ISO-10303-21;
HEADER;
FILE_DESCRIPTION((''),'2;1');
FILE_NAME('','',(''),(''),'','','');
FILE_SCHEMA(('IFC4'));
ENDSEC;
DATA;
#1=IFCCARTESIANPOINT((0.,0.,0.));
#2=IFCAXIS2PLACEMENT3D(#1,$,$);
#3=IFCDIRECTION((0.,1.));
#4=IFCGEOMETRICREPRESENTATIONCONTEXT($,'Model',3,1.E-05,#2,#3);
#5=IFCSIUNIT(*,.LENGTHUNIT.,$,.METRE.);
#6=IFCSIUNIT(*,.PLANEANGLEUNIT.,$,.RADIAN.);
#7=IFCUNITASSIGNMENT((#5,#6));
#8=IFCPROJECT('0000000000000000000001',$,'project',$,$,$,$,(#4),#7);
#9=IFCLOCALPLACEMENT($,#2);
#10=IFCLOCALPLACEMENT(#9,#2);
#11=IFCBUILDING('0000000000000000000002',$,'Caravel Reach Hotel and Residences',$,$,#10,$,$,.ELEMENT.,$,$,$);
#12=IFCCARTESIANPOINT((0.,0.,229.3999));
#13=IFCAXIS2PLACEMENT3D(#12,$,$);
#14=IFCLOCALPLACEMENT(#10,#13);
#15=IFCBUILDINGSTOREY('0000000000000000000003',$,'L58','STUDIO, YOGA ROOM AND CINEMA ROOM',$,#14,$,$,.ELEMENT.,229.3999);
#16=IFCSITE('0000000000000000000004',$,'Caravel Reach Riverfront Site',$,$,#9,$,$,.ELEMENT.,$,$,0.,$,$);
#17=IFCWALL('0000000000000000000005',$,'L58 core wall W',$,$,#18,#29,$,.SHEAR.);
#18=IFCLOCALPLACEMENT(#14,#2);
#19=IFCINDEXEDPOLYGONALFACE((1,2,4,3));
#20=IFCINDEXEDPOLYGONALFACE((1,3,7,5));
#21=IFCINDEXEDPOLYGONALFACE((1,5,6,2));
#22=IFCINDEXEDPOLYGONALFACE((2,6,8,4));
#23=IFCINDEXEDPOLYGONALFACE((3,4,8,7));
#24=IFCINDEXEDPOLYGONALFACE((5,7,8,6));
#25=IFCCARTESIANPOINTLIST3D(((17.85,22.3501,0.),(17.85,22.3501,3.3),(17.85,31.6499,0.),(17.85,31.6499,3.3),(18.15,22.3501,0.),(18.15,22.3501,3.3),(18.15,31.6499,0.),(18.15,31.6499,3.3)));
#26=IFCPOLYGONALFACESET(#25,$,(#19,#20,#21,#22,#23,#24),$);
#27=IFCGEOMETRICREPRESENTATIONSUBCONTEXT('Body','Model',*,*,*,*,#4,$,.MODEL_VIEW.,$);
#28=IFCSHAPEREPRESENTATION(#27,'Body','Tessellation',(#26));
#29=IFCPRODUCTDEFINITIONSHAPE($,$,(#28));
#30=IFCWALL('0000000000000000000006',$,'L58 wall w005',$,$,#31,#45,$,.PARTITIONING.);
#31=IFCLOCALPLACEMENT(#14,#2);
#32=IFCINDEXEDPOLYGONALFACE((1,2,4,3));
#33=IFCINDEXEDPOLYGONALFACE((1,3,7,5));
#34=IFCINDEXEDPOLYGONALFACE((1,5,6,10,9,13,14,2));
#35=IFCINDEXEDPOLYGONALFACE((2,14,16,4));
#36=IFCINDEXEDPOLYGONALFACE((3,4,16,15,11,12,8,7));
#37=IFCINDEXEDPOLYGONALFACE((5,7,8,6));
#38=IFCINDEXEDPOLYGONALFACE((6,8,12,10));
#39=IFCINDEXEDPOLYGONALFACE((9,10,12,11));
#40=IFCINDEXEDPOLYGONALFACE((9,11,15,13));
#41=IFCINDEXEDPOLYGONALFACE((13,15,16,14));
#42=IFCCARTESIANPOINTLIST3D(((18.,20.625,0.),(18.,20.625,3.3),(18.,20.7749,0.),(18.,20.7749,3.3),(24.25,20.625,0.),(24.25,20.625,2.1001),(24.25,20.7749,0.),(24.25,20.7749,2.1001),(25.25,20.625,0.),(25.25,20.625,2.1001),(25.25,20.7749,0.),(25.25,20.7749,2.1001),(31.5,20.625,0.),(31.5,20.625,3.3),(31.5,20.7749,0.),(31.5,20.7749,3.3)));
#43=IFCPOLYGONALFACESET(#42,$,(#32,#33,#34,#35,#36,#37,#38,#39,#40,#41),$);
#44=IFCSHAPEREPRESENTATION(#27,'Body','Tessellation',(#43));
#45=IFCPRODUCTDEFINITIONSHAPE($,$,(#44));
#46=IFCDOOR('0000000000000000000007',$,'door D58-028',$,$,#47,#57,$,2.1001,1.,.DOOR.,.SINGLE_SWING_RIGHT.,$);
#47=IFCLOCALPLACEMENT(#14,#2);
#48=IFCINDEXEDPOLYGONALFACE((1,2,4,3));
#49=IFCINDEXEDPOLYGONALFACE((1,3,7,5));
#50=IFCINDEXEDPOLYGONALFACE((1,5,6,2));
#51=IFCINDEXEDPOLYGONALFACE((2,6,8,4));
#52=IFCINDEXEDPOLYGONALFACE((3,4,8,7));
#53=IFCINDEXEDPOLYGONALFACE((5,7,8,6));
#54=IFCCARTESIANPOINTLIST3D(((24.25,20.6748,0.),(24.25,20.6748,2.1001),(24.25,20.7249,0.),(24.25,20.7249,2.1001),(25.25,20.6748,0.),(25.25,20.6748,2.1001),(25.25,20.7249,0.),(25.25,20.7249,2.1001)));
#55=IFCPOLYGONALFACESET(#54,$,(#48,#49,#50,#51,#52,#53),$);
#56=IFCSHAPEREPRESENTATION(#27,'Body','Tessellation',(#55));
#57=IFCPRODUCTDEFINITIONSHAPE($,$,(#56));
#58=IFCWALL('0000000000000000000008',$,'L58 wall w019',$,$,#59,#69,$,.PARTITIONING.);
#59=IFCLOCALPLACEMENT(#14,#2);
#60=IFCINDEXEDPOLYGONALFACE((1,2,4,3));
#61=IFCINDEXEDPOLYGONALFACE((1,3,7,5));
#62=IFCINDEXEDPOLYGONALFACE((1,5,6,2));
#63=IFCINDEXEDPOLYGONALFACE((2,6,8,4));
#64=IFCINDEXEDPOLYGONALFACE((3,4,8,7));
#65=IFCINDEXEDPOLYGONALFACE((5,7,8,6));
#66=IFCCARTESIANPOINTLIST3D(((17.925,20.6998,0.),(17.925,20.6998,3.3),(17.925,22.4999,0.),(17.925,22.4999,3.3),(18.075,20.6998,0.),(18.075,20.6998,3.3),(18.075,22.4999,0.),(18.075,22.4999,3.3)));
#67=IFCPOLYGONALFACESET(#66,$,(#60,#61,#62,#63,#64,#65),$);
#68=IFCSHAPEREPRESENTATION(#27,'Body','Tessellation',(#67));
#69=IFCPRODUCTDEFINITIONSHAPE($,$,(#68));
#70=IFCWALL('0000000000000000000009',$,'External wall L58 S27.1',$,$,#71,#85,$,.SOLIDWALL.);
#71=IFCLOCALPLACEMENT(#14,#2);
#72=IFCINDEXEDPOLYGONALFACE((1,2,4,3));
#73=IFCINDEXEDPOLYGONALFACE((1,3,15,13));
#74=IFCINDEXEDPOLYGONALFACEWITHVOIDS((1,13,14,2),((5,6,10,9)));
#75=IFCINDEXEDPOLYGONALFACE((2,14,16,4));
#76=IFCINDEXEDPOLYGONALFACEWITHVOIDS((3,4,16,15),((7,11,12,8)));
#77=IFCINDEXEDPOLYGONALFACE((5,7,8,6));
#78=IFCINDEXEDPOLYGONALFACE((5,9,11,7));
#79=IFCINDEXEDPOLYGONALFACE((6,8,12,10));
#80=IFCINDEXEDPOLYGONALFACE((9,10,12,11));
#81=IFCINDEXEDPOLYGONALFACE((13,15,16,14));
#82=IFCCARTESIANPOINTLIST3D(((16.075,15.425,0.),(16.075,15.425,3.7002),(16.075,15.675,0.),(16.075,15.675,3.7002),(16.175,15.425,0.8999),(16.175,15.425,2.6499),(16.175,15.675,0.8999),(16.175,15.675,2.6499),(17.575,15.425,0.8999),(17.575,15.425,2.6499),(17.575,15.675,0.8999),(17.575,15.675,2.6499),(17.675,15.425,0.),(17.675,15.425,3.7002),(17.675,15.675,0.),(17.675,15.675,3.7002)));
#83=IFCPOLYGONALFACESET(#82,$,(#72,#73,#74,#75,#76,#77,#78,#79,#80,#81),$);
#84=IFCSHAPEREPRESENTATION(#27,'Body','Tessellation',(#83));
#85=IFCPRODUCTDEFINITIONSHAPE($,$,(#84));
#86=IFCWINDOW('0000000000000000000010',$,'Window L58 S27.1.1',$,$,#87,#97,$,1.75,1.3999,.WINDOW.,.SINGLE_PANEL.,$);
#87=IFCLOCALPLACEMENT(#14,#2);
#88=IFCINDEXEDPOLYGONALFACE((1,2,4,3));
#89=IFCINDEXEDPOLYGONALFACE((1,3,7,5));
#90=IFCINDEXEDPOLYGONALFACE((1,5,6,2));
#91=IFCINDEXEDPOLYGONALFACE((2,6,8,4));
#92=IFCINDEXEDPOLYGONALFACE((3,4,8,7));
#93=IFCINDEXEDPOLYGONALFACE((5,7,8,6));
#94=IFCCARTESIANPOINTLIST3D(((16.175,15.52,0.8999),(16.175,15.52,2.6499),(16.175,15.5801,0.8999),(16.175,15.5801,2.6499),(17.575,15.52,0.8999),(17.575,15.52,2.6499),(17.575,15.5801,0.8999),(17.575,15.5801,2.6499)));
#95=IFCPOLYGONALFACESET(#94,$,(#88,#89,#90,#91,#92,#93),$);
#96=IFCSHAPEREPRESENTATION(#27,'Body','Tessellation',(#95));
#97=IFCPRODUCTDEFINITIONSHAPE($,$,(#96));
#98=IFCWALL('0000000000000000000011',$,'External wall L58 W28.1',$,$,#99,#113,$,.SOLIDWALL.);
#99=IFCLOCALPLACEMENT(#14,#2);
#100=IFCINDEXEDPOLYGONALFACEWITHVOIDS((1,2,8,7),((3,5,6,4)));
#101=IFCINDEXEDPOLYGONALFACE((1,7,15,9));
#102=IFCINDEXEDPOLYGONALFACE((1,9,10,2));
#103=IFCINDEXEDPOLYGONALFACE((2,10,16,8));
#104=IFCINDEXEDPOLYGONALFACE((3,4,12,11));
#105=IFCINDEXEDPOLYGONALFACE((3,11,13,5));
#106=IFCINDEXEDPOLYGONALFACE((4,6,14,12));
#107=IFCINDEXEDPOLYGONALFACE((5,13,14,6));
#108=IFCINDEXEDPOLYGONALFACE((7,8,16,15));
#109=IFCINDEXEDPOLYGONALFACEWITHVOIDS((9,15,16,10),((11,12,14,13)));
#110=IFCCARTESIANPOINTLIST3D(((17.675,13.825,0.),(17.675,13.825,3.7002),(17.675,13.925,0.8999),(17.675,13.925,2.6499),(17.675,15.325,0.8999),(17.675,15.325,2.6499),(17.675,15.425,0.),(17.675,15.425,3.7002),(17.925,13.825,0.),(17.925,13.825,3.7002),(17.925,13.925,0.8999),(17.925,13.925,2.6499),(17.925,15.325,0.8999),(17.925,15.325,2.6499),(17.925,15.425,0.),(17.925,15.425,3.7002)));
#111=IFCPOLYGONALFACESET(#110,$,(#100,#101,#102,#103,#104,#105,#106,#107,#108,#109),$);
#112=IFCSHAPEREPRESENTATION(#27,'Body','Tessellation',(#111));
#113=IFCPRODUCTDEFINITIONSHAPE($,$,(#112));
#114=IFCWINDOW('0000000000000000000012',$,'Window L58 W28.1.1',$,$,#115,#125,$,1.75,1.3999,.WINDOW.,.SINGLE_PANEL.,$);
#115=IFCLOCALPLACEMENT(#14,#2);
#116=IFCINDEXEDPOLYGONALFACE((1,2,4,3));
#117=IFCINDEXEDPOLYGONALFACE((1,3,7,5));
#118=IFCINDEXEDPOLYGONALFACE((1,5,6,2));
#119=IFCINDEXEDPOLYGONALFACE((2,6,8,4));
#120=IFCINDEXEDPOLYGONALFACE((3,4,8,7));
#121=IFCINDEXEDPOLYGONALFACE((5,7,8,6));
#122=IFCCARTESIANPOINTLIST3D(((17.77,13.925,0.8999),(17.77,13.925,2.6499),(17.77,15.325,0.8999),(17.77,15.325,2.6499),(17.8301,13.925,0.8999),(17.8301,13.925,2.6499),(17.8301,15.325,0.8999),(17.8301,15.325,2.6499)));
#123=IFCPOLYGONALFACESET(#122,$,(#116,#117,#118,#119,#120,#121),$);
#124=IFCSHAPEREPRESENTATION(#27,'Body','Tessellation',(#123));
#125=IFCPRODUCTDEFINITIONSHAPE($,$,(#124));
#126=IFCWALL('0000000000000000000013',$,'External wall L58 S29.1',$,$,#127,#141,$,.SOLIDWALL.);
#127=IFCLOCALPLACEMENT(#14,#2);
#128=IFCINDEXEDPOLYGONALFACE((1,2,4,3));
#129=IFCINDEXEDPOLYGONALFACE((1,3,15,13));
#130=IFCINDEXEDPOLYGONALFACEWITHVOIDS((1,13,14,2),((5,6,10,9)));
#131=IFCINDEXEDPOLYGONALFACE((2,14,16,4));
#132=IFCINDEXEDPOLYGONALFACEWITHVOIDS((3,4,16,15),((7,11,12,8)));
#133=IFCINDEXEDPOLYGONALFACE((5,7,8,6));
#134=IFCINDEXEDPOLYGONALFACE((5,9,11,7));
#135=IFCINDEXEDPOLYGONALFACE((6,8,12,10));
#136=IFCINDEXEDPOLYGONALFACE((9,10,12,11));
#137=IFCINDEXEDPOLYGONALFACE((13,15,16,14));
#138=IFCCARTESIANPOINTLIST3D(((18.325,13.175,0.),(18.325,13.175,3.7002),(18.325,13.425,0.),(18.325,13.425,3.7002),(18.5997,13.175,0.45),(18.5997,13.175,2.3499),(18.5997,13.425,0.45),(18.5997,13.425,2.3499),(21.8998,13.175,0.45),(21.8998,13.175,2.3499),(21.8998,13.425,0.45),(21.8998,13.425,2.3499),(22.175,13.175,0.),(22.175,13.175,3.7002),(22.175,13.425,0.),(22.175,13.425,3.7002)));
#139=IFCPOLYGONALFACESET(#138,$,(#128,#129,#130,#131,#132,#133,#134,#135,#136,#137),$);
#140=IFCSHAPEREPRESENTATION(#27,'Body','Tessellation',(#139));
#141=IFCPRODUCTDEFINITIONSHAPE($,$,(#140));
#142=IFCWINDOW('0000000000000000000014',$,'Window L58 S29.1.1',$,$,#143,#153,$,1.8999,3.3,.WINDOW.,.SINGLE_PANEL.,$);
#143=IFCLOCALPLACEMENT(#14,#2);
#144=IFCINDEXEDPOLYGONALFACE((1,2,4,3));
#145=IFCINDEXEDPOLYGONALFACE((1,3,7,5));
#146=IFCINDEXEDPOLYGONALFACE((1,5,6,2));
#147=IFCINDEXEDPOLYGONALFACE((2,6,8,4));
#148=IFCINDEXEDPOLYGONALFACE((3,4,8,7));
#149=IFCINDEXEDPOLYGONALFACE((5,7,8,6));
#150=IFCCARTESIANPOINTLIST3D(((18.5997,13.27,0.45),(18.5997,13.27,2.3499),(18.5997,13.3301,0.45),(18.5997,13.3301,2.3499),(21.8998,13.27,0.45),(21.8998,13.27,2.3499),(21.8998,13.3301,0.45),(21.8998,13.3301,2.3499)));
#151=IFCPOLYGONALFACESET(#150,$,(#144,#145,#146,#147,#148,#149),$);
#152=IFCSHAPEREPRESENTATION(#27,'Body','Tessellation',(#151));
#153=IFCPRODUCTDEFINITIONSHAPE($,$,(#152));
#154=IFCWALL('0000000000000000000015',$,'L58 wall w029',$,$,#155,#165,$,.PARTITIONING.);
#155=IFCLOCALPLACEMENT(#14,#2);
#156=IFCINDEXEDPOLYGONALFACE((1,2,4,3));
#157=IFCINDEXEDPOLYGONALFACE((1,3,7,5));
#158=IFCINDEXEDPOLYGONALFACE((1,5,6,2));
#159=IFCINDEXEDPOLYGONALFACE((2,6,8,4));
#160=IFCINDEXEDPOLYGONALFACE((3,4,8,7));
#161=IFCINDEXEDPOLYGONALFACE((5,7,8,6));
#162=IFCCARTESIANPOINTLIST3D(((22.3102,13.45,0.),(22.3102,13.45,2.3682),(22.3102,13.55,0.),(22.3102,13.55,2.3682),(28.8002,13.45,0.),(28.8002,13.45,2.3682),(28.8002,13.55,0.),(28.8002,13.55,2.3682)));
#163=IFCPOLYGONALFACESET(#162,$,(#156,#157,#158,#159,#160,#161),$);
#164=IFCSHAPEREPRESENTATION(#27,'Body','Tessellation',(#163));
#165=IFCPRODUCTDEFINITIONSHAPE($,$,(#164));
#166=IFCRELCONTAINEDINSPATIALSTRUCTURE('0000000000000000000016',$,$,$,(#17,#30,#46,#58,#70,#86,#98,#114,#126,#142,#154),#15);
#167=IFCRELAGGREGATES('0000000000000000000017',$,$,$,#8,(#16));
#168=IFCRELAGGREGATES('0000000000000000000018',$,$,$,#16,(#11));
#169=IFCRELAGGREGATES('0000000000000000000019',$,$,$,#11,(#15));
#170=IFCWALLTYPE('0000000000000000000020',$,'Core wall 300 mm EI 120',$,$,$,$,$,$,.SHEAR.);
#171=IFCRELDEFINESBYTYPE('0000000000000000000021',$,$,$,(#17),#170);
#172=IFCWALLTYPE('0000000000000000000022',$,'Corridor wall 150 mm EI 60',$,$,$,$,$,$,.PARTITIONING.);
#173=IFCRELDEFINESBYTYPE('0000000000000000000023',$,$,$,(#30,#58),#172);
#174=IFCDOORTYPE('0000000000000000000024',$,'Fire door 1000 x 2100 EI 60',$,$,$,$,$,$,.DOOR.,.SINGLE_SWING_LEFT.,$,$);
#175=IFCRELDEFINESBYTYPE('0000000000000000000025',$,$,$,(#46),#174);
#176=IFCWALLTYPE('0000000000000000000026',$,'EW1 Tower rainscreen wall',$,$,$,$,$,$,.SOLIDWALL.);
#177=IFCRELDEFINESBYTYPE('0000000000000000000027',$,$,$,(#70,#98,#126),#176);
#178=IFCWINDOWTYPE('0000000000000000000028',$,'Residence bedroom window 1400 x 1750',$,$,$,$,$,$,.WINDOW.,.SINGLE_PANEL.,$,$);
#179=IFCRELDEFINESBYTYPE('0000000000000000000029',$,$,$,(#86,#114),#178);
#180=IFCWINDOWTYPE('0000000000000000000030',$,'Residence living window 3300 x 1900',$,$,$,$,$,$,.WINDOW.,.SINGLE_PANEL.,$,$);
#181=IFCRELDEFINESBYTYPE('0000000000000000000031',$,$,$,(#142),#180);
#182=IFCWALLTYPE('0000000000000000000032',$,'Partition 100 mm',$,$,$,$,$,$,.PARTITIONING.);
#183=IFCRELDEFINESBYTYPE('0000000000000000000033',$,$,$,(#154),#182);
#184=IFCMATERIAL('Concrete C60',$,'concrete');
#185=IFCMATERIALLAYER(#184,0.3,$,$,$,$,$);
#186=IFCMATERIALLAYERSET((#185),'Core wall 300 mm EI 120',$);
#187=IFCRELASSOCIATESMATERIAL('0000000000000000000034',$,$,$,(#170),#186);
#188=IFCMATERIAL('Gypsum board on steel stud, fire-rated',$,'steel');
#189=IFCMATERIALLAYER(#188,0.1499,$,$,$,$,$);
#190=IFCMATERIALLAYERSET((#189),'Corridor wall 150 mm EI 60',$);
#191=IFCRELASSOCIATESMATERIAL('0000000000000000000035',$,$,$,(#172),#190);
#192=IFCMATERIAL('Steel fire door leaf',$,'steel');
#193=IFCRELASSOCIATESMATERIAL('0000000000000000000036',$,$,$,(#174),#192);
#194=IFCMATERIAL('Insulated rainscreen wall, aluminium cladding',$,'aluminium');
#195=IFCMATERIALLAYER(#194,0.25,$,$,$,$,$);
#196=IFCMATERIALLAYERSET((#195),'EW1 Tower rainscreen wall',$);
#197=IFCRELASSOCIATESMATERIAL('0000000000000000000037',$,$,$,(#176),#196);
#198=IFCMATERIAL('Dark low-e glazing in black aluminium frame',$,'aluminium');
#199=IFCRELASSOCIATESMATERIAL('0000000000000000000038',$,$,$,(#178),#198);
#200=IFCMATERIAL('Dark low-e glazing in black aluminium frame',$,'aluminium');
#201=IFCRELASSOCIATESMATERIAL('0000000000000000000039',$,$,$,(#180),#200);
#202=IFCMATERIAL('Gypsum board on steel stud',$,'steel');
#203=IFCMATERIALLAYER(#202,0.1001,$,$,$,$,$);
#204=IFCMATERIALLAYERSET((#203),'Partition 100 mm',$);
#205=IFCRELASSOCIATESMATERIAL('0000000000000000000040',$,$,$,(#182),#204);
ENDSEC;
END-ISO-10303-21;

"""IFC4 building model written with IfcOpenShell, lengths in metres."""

from ifc_helpers import new_model, si_unit, direction, frame, frame_2d, origin, place, context, subcontext, project, spatial, rectangle, extrude, material, layer, layer_set, type_object, element, fill, save


model = new_model("IFC4")

# Units and contexts
model_context = context("Model", 3, precision=1e-05, world=origin(), true_north=direction((0.0, 1.0)))
body_context = subcontext(model_context, "Body", "Model", "MODEL_VIEW")
ifc_project = project(units=[si_unit("LENGTHUNIT", "METRE"), si_unit("PLANEANGLEUNIT", "RADIAN")], contexts=[model_context])

# Site, building, storey
site_placement = place(None, origin())
site = spatial("IfcSite", under=ifc_project, at=site_placement, Name="Caravel Reach Riverfront Site", CompositionType="ELEMENT", RefElevation=0.0)
building_placement = place(site_placement, origin())
building = spatial("IfcBuilding", under=site, at=building_placement, Name="Caravel Reach Hotel and Residences", CompositionType="ELEMENT")
storey_placement = place(building_placement, frame((0.0, 0.0, 229.3999)))
storey = spatial("IfcBuildingStorey", under=building, at=storey_placement, Name="L58", Description="STUDIO, YOGA ROOM AND CINEMA ROOM", CompositionType="ELEMENT", Elevation=229.3999)

# Wall
ifc_material_1 = material(Name="Concrete C60", Category="concrete")
ifc_layer_1 = layer(ifc_material_1, 0.3)
ifc_layer_set_1 = layer_set([ifc_layer_1], Name="Core wall 300 mm EI 120")
wall_type_1 = type_object("IfcWallType", Name="Core wall 300 mm EI 120", PredefinedType="SHEAR", material=ifc_layer_set_1)
wall_1_placement = place(storey_placement, frame((18.0, 22.3501, 0.0), z_axis=(0.0, 0.0, 1.0), x_axis=(0.0, 1.0, 0.0)))
element("IfcWall", 1, at=wall_1_placement, inside=storey, type_object=wall_type_1, Name="L58 core wall W", PredefinedType="SHEAR", context=body_context, shape_type="SweptSolid", body=[
    extrude(rectangle(XDim=9.2998, YDim=0.3, at=frame_2d((4.6499, 0.0))), origin(), (0.0, 0.0, 1.0), 3.3),
])

# Wall, opening, door
ifc_material_2 = material(Name="Gypsum board on steel stud, fire-rated", Category="steel")
ifc_layer_2 = layer(ifc_material_2, 0.1499)
ifc_layer_set_2 = layer_set([ifc_layer_2], Name="Corridor wall 150 mm EI 60")
wall_type_2 = type_object("IfcWallType", Name="Corridor wall 150 mm EI 60", PredefinedType="PARTITIONING", material=ifc_layer_set_2)
wall_2_placement = place(storey_placement, frame((18.0, 20.7, 0.0), z_axis=(0.0, 0.0, 1.0), x_axis=(1.0, 0.0, 0.0)))
wall_2 = element("IfcWall", 2, at=wall_2_placement, inside=storey, type_object=wall_type_2, Name="L58 wall w005", PredefinedType="PARTITIONING", context=body_context, shape_type="SweptSolid", body=[
    extrude(rectangle(XDim=13.5, YDim=0.1499, at=frame_2d((6.75, 0.0))), origin(), (0.0, 0.0, 1.0), 3.3),
])
opening_1_placement = place(wall_2_placement, frame((6.25, 0.0, 0.0)))
opening_1 = element("IfcOpeningElement", 3, at=opening_1_placement, cuts=wall_2, PredefinedType="OPENING", context=body_context, shape_type="SweptSolid", body=[
    extrude(rectangle(XDim=1.0, YDim=2.1001, at=frame_2d((0.5, 1.05))), frame((0.0, 0.085, 0.0), z_axis=(0.0, -1.0, 0.0), x_axis=(1.0, 0.0, 0.0)), (0.0, 0.0, 1.0), 0.1699),
])
ifc_material_3 = material(Name="Steel fire door leaf", Category="steel")
door_type = type_object("IfcDoorType", Name="Fire door 1000 x 2100 EI 60", OperationType="SINGLE_SWING_LEFT", PredefinedType="DOOR", material=ifc_material_3)
door_placement = place(opening_1_placement, origin())
door = element("IfcDoor", 4, at=door_placement, inside=storey, type_object=door_type, Name="door D58-028", OperationType="SINGLE_SWING_RIGHT", OverallHeight=2.1001, OverallWidth=1.0, PredefinedType="DOOR", context=body_context, shape_type="SweptSolid", body=[
    extrude(rectangle(XDim=1.0, YDim=2.1001, at=frame_2d((0.5, 1.05))), frame((0.0, 0.0249, 0.0), z_axis=(0.0, -1.0, 0.0), x_axis=(1.0, 0.0, 0.0)), (0.0, 0.0, 1.0), 0.05),
])
fill(opening_1, door)

# Wall
wall_3_placement = place(storey_placement, frame((18.0, 20.7, 0.0), z_axis=(0.0, 0.0, 1.0), x_axis=(0.0, 1.0, 0.0)))
element("IfcWall", 5, at=wall_3_placement, inside=storey, type_object=wall_type_2, Name="L58 wall w019", PredefinedType="PARTITIONING", context=body_context, shape_type="SweptSolid", body=[
    extrude(rectangle(XDim=1.8, YDim=0.1499, at=frame_2d((0.8999, 0.0))), origin(), (0.0, 0.0, 1.0), 3.3),
])

# Walls, openings, windows
ifc_material_4 = material(Name="Insulated rainscreen wall, aluminium cladding", Category="aluminium")
ifc_layer_3 = layer(ifc_material_4, 0.25)
ifc_layer_set_3 = layer_set([ifc_layer_3], Name="EW1 Tower rainscreen wall")
wall_type_3 = type_object("IfcWallType", Name="EW1 Tower rainscreen wall", PredefinedType="SOLIDWALL", material=ifc_layer_set_3)
wall_4_placement = place(storey_placement, frame((16.075, 15.55, 0.0), z_axis=(0.0, 0.0, 1.0), x_axis=(1.0, 0.0, 0.0)))
wall_4 = element("IfcWall", 6, at=wall_4_placement, inside=storey, type_object=wall_type_3, Name="External wall L58 S27.1", PredefinedType="SOLIDWALL", context=body_context, shape_type="SweptSolid", body=[
    extrude(rectangle(XDim=1.6001, YDim=0.25, at=frame_2d((0.8, 0.0))), origin(), (0.0, 0.0, 1.0), 3.7002),
])
opening_2_placement = place(wall_4_placement, frame((0.1001, 0.0, 0.8999)))
opening_2 = element("IfcOpeningElement", 7, at=opening_2_placement, cuts=wall_4, PredefinedType="OPENING", context=body_context, shape_type="SweptSolid", body=[
    extrude(rectangle(XDim=1.3999, YDim=1.75, at=frame_2d((0.7, 0.875))), frame((0.0, 0.135, 0.0), z_axis=(0.0, -1.0, 0.0), x_axis=(1.0, 0.0, 0.0)), (0.0, 0.0, 1.0), 0.27),
])
ifc_material_5 = material(Name="Dark low-e glazing in black aluminium frame", Category="aluminium")
window_type_1 = type_object("IfcWindowType", Name="Residence bedroom window 1400 x 1750", PartitioningType="SINGLE_PANEL", PredefinedType="WINDOW", material=ifc_material_5)
window_1_placement = place(opening_2_placement, origin())
window_1 = element("IfcWindow", 8, at=window_1_placement, inside=storey, type_object=window_type_1, Name="Window L58 S27.1.1", OverallHeight=1.75, OverallWidth=1.3999, PartitioningType="SINGLE_PANEL", PredefinedType="WINDOW", context=body_context, shape_type="SweptSolid", body=[
    extrude(rectangle(XDim=1.3999, YDim=1.75, at=frame_2d((0.7, 0.875))), frame((0.0, 0.03, 0.0), z_axis=(0.0, -1.0, 0.0), x_axis=(1.0, 0.0, 0.0)), (0.0, 0.0, 1.0), 0.0601),
])
fill(opening_2, window_1)
wall_5_placement = place(storey_placement, frame((17.8, 15.425, 0.0), z_axis=(0.0, 0.0, 1.0), x_axis=(0.0, -1.0, 0.0)))
wall_5 = element("IfcWall", 9, at=wall_5_placement, inside=storey, type_object=wall_type_3, Name="External wall L58 W28.1", PredefinedType="SOLIDWALL", context=body_context, shape_type="SweptSolid", body=[
    extrude(rectangle(XDim=1.6001, YDim=0.25, at=frame_2d((0.8, 0.0))), origin(), (0.0, 0.0, 1.0), 3.7002),
])
opening_3_placement = place(wall_5_placement, frame((0.1001, 0.0, 0.8999)))
opening_3 = element("IfcOpeningElement", 10, at=opening_3_placement, cuts=wall_5, PredefinedType="OPENING", context=body_context, shape_type="SweptSolid", body=[
    extrude(rectangle(XDim=1.3999, YDim=1.75, at=frame_2d((0.7, 0.875))), frame((0.0, 0.135, 0.0), z_axis=(0.0, -1.0, 0.0), x_axis=(1.0, 0.0, 0.0)), (0.0, 0.0, 1.0), 0.27),
])
window_2_placement = place(opening_3_placement, origin())
window_2 = element("IfcWindow", 11, at=window_2_placement, inside=storey, type_object=window_type_1, Name="Window L58 W28.1.1", OverallHeight=1.75, OverallWidth=1.3999, PartitioningType="SINGLE_PANEL", PredefinedType="WINDOW", context=body_context, shape_type="SweptSolid", body=[
    extrude(rectangle(XDim=1.3999, YDim=1.75, at=frame_2d((0.7, 0.875))), frame((0.0, 0.03, 0.0), z_axis=(0.0, -1.0, 0.0), x_axis=(1.0, 0.0, 0.0)), (0.0, 0.0, 1.0), 0.0601),
])
fill(opening_3, window_2)
wall_6_placement = place(storey_placement, frame((18.325, 13.3, 0.0), z_axis=(0.0, 0.0, 1.0), x_axis=(1.0, 0.0, 0.0)))
wall_6 = element("IfcWall", 12, at=wall_6_placement, inside=storey, type_object=wall_type_3, Name="External wall L58 S29.1", PredefinedType="SOLIDWALL", context=body_context, shape_type="SweptSolid", body=[
    extrude(rectangle(XDim=3.8501, YDim=0.25, at=frame_2d((1.925, 0.0))), origin(), (0.0, 0.0, 1.0), 3.7002),
])
opening_4_placement = place(wall_6_placement, frame((0.2749, 0.0, 0.45)))
opening_4 = element("IfcOpeningElement", 13, at=opening_4_placement, cuts=wall_6, PredefinedType="OPENING", context=body_context, shape_type="SweptSolid", body=[
    extrude(rectangle(XDim=3.3, YDim=1.8999, at=frame_2d((1.6499, 0.95))), frame((0.0, 0.135, 0.0), z_axis=(0.0, -1.0, 0.0), x_axis=(1.0, 0.0, 0.0)), (0.0, 0.0, 1.0), 0.27),
])
ifc_material_6 = material(Name="Dark low-e glazing in black aluminium frame", Category="aluminium")
window_type_2 = type_object("IfcWindowType", Name="Residence living window 3300 x 1900", PartitioningType="SINGLE_PANEL", PredefinedType="WINDOW", material=ifc_material_6)
window_3_placement = place(opening_4_placement, origin())
window_3 = element("IfcWindow", 14, at=window_3_placement, inside=storey, type_object=window_type_2, Name="Window L58 S29.1.1", OverallHeight=1.8999, OverallWidth=3.3, PartitioningType="SINGLE_PANEL", PredefinedType="WINDOW", context=body_context, shape_type="SweptSolid", body=[
    extrude(rectangle(XDim=3.3, YDim=1.8999, at=frame_2d((1.6499, 0.95))), frame((0.0, 0.03, 0.0), z_axis=(0.0, -1.0, 0.0), x_axis=(1.0, 0.0, 0.0)), (0.0, 0.0, 1.0), 0.0601),
])
fill(opening_4, window_3)

# Wall
ifc_material_7 = material(Name="Gypsum board on steel stud", Category="steel")
ifc_layer_4 = layer(ifc_material_7, 0.1001)
ifc_layer_set_4 = layer_set([ifc_layer_4], Name="Partition 100 mm")
wall_type_4 = type_object("IfcWallType", Name="Partition 100 mm", PredefinedType="PARTITIONING", material=ifc_layer_set_4)
wall_7_placement = place(storey_placement, frame((22.3101, 13.5, 0.0), z_axis=(0.0, 0.0, 1.0), x_axis=(1.0, 0.0, 0.0)))
element("IfcWall", 15, at=wall_7_placement, inside=storey, type_object=wall_type_4, Name="L58 wall w029", PredefinedType="PARTITIONING", context=body_context, shape_type="SweptSolid", body=[
    extrude(rectangle(XDim=6.49, YDim=0.1001, at=frame_2d((3.2451, 0.0))), origin(), (0.0, 0.0, 1.0), 2.3682),
])

save(model, "model.ifc")
